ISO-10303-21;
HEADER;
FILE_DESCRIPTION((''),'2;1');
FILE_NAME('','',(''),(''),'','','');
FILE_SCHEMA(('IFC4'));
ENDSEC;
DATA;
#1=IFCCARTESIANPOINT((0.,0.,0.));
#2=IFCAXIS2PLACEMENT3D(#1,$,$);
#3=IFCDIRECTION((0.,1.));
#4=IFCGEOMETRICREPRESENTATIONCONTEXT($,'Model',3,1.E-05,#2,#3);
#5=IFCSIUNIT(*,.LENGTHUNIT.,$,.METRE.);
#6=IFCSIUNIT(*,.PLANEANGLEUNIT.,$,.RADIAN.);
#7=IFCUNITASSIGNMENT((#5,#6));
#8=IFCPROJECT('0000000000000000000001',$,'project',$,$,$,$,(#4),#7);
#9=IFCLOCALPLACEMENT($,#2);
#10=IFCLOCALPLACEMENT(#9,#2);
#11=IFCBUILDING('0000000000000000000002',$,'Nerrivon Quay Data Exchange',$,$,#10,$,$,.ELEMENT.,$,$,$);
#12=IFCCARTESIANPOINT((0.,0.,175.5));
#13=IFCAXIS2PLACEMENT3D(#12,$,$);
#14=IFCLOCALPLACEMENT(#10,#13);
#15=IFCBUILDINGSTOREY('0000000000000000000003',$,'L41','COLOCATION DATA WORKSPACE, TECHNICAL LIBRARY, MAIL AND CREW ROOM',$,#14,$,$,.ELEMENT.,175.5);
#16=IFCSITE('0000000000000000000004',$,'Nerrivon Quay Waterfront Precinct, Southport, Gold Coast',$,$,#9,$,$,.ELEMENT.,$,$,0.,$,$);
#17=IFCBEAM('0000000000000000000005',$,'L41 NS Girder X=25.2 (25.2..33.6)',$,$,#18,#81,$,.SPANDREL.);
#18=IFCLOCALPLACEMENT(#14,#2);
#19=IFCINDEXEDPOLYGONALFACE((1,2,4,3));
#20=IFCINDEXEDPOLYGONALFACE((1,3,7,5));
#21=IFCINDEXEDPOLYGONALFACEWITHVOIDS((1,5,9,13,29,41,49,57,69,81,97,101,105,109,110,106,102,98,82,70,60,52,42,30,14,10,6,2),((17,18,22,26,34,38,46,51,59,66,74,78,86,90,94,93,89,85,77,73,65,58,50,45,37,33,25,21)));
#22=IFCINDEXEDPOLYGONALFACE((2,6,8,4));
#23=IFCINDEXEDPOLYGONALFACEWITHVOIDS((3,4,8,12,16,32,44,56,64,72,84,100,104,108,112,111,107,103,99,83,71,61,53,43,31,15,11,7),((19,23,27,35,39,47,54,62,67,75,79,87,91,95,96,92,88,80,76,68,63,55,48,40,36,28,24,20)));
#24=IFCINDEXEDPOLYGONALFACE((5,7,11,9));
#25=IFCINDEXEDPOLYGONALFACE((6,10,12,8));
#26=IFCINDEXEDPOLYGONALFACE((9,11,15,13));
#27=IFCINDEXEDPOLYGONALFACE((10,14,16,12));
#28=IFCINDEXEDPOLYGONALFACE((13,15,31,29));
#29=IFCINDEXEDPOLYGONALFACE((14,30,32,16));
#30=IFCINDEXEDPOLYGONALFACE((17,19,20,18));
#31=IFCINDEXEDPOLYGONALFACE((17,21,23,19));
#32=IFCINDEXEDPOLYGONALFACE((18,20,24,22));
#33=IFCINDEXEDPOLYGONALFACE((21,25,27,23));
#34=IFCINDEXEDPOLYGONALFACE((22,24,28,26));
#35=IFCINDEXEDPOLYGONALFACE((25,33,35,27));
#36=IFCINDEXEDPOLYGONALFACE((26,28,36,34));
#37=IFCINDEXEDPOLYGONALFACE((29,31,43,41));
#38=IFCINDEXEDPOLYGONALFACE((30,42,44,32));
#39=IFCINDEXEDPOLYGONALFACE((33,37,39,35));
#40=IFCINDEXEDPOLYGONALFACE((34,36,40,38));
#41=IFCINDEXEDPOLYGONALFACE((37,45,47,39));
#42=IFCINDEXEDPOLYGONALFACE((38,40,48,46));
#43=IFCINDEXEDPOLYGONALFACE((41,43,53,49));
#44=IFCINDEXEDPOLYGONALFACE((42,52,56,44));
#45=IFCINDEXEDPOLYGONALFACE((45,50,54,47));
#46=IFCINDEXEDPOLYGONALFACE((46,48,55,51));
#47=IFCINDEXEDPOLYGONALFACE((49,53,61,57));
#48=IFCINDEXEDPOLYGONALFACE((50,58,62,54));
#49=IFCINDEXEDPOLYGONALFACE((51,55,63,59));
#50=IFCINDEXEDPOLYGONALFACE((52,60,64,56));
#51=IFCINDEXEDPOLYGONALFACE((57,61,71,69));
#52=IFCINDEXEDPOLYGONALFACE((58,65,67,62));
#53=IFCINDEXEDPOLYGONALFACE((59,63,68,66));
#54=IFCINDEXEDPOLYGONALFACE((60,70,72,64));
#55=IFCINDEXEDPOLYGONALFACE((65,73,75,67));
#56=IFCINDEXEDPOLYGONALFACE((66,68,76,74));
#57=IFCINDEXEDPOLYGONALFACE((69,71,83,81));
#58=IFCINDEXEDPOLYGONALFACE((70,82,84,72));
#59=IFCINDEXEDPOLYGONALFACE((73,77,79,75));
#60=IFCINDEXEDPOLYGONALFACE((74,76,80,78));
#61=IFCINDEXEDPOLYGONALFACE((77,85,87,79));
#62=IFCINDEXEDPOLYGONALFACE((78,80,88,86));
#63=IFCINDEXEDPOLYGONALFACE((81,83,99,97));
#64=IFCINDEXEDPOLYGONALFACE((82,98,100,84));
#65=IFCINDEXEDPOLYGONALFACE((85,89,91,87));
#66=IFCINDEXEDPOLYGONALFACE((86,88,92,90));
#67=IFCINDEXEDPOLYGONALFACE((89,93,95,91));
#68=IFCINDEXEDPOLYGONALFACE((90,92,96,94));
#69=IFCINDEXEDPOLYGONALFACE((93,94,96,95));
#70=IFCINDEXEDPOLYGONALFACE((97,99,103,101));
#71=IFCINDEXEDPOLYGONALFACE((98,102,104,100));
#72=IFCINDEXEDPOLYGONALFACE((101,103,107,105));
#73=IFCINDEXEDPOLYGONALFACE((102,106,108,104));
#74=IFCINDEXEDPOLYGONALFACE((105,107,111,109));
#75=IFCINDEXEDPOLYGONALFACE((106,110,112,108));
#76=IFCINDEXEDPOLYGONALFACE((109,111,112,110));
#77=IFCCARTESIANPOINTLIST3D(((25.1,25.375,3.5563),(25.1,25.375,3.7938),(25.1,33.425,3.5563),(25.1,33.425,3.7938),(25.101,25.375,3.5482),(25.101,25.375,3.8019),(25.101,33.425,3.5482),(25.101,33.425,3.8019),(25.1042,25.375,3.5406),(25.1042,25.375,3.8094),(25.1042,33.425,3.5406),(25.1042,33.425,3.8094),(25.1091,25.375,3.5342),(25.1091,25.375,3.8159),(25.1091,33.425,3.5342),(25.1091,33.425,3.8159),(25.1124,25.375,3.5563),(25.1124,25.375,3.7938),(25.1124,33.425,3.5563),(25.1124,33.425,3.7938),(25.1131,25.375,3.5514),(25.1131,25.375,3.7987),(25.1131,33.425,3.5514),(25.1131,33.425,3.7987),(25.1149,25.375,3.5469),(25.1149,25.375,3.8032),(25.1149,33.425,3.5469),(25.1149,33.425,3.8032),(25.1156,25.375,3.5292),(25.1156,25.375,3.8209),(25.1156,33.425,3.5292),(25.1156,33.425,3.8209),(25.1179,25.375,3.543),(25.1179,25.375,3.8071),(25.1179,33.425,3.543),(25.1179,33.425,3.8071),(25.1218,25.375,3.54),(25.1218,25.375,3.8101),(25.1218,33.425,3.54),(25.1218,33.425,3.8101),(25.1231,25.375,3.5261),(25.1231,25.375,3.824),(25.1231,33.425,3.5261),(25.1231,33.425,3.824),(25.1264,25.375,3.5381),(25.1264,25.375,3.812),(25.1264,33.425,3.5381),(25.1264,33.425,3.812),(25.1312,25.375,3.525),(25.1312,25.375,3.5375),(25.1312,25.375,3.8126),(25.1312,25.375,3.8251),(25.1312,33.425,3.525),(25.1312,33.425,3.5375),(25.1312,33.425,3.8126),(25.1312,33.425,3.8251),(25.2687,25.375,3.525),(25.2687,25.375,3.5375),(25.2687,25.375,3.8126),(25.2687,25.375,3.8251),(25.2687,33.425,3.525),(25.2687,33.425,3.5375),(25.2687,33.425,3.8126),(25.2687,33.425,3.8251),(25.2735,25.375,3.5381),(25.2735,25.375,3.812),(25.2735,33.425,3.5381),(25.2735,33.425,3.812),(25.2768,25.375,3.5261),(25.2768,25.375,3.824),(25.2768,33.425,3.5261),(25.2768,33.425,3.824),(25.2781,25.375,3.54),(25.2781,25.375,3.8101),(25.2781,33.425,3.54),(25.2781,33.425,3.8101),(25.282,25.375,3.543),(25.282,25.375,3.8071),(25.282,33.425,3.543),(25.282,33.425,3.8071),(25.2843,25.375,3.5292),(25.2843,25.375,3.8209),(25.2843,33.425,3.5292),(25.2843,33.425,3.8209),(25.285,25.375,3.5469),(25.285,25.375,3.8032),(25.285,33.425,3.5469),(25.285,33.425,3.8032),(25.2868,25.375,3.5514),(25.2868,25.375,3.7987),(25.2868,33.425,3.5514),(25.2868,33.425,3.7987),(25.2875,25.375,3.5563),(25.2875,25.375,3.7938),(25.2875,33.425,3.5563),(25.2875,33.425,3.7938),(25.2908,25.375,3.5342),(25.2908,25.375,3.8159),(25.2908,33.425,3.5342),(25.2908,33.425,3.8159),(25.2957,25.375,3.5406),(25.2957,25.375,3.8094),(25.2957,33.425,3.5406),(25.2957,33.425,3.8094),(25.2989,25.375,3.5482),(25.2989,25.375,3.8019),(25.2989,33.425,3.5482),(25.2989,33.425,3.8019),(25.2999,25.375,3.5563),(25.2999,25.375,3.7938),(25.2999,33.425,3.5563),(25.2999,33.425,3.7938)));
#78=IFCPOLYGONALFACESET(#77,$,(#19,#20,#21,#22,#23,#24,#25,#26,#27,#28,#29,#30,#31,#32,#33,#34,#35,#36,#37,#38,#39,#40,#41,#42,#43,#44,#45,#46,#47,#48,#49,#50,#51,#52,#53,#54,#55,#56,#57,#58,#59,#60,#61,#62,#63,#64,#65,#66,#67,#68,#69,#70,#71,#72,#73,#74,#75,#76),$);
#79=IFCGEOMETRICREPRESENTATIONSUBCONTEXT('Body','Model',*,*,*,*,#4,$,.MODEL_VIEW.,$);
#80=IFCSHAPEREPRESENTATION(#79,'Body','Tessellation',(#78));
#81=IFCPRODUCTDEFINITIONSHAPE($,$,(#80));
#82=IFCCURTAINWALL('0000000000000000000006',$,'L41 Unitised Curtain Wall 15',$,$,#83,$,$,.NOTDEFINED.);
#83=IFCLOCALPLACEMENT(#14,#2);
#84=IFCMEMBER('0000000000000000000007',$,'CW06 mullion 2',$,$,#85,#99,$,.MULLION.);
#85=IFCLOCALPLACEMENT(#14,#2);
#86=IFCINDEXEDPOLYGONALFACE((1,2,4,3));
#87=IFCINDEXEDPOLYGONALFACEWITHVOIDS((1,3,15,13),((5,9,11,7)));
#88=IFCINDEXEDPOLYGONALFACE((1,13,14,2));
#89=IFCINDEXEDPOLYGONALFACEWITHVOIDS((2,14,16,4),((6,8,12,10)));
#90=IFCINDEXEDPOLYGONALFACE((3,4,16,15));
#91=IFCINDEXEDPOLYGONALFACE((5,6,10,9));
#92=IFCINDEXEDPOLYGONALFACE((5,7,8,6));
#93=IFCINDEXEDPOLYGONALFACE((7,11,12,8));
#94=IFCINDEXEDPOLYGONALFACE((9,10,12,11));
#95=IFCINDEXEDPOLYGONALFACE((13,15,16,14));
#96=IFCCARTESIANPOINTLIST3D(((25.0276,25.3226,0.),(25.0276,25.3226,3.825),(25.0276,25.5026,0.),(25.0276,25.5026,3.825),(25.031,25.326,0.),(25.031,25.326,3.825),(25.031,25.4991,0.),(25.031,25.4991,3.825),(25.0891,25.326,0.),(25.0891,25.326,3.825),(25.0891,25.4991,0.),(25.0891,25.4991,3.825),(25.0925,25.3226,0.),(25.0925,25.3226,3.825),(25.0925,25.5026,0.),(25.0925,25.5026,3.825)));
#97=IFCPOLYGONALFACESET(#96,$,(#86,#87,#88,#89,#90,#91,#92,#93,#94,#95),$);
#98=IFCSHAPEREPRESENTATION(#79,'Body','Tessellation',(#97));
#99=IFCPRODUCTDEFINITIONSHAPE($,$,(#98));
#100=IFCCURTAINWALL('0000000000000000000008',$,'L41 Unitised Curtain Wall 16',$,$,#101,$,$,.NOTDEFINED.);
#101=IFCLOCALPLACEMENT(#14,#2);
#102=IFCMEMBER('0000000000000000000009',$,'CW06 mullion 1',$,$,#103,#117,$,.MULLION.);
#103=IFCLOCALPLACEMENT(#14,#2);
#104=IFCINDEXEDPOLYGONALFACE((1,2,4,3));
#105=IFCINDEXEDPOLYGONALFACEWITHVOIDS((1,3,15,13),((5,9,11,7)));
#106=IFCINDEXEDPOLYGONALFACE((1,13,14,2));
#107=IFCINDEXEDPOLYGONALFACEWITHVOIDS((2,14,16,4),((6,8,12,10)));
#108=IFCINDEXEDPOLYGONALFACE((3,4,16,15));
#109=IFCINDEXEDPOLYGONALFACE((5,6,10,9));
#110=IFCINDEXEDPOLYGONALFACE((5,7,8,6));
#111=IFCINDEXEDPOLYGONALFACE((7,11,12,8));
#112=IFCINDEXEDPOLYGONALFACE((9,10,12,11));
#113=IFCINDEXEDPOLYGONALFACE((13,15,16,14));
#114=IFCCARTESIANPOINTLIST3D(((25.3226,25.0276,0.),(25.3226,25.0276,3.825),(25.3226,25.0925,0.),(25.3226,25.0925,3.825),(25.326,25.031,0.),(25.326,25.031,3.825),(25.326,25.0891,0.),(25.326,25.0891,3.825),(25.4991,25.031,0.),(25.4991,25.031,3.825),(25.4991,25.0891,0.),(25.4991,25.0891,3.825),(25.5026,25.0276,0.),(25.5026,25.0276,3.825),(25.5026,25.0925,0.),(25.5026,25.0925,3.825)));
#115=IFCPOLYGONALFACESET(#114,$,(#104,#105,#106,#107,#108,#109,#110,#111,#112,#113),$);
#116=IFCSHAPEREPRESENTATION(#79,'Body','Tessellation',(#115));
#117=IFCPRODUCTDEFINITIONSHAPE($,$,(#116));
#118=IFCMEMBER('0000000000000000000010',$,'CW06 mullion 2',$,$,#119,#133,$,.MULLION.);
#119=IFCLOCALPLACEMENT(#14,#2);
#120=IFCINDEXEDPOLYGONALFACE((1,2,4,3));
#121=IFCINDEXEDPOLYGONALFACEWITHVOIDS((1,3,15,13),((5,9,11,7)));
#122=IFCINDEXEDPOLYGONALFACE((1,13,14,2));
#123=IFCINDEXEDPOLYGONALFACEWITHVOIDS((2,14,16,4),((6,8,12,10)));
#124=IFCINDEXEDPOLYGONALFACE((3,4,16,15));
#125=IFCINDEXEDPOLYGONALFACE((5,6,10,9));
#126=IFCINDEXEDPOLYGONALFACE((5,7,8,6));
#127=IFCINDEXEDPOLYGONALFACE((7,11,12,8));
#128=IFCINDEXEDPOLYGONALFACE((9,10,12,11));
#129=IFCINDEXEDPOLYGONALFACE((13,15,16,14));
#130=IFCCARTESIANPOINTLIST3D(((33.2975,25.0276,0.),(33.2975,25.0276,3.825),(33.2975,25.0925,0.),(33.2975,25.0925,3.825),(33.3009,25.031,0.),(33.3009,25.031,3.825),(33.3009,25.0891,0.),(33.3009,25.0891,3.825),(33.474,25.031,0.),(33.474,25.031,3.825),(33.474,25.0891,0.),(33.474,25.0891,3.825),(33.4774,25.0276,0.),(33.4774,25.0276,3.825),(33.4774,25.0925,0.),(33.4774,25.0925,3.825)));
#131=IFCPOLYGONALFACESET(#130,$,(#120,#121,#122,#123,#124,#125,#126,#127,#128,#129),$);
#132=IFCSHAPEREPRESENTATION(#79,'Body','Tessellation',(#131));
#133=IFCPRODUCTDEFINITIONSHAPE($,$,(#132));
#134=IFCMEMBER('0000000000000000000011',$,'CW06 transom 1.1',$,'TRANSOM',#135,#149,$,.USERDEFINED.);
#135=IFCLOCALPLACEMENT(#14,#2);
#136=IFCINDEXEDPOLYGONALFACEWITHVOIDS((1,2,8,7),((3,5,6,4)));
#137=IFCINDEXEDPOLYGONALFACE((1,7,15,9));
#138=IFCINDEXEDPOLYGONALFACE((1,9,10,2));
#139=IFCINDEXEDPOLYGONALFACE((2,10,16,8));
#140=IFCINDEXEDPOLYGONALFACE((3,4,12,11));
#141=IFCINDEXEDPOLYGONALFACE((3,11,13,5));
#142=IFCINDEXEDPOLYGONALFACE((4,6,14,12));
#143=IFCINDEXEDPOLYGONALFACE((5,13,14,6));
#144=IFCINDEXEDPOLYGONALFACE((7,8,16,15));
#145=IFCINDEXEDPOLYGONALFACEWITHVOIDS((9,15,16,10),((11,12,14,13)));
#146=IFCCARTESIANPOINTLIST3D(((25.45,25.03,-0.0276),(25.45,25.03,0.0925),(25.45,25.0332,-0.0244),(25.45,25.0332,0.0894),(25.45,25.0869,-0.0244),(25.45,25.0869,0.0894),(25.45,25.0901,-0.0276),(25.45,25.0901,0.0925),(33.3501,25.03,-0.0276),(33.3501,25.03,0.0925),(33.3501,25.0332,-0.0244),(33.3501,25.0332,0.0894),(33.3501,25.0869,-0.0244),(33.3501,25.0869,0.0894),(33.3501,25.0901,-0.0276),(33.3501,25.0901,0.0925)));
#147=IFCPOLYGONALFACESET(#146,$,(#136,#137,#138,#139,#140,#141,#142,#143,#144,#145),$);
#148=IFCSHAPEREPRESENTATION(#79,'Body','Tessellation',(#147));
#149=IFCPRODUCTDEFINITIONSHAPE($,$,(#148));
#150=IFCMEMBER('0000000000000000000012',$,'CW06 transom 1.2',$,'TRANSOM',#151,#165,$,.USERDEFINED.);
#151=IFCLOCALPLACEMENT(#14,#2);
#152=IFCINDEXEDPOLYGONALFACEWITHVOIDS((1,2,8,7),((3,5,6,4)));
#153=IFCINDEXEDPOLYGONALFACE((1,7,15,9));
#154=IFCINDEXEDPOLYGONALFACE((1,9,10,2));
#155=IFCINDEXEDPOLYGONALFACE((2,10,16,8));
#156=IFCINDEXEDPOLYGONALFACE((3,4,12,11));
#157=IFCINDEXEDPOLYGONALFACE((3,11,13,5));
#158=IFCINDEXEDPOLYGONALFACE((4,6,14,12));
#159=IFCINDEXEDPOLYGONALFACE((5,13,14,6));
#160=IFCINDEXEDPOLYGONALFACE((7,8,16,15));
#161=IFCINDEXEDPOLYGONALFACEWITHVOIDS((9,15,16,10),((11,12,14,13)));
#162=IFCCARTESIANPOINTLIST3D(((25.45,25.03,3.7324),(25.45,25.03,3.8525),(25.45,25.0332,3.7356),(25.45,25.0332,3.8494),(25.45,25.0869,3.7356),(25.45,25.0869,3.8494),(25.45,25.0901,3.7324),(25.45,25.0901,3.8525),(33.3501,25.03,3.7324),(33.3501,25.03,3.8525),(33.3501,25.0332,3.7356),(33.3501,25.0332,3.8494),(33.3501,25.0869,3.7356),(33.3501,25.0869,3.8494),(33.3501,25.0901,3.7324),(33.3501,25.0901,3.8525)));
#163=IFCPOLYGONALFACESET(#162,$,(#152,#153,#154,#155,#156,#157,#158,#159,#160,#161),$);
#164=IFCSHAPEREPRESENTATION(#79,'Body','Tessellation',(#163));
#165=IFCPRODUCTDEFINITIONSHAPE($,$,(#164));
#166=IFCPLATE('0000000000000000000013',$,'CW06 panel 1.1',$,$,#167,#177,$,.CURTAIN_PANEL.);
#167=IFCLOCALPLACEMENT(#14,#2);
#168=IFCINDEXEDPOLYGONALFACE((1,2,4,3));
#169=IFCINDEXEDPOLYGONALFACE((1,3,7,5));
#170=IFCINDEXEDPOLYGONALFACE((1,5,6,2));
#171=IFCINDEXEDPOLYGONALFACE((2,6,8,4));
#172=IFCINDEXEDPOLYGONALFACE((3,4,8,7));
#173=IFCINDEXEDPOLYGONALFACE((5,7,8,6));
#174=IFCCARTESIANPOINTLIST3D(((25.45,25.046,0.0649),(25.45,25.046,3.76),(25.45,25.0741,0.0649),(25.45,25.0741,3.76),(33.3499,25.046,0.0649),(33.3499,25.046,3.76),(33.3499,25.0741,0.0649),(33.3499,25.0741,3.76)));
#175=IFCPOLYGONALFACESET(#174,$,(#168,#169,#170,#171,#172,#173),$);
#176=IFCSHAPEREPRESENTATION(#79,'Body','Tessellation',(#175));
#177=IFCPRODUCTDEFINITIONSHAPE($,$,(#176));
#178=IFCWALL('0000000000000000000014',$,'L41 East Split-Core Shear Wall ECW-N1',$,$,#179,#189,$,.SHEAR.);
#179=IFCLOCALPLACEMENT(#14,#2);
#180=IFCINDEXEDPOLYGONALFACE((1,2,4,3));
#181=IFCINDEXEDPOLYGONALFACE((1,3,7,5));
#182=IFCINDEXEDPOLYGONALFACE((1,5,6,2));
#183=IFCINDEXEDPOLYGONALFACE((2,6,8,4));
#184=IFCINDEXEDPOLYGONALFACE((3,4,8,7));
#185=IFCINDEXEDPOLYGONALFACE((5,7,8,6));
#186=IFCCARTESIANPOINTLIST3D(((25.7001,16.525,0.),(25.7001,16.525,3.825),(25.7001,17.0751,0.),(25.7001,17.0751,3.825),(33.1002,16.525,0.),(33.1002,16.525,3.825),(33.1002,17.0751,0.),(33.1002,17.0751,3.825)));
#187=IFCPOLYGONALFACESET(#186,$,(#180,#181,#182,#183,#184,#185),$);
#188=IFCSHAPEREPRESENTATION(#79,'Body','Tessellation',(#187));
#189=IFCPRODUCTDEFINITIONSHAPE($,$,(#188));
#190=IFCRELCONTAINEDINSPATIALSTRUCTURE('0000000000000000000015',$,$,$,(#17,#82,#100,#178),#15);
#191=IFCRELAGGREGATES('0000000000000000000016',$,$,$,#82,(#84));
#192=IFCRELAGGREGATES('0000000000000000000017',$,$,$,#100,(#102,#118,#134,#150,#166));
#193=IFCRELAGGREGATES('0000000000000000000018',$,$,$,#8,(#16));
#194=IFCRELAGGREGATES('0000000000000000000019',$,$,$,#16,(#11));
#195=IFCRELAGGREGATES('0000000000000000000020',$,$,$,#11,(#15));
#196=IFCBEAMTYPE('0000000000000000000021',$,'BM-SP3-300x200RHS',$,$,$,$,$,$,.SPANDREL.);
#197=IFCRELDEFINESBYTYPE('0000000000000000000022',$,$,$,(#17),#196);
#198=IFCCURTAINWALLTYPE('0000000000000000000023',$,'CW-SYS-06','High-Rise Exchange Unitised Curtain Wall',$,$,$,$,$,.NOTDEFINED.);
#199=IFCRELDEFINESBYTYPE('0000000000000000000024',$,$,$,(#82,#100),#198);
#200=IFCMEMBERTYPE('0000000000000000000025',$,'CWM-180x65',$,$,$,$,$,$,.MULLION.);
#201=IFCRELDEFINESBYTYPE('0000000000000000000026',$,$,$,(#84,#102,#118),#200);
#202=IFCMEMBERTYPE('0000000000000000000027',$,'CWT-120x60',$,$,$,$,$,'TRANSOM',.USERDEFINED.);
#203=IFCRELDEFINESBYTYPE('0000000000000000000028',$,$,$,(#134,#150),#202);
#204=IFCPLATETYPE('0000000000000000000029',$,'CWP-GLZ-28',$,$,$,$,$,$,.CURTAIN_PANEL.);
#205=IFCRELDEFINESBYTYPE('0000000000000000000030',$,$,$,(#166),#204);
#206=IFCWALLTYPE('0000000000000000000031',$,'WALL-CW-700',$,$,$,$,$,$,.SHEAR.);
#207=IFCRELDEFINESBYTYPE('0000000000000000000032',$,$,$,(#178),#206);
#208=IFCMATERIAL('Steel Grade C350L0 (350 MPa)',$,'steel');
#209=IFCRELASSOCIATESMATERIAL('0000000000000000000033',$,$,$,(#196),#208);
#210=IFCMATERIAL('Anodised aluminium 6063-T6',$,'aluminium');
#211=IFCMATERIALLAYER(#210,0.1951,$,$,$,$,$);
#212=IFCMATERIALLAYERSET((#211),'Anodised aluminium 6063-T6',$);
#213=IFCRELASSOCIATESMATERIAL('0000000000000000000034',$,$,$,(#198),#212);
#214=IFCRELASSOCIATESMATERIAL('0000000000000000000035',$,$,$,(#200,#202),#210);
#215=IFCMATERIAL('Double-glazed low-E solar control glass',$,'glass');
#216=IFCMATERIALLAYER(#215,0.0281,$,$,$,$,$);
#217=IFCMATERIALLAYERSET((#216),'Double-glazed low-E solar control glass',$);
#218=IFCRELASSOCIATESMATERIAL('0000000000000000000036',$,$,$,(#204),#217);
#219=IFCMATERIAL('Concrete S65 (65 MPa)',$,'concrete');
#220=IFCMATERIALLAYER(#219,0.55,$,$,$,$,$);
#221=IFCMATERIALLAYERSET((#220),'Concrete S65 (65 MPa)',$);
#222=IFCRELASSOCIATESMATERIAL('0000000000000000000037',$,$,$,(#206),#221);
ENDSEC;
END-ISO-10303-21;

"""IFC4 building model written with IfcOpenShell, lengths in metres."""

from ifc_helpers import new_model, si_unit, direction, frame, frame_2d, origin, origin_2d, place, context, subcontext, project, spatial, rectangle, hollow_rectangle, extrude, material, layer, layer_set, material_profile, profile_set, type_object, element, aggregate, save


model = new_model("IFC4")

# Units and contexts
model_context = context("Model", 3, precision=1e-05, world=origin(), true_north=direction((0.0, 1.0)))
body_context = subcontext(model_context, "Body", "Model", "MODEL_VIEW")
ifc_project = project(units=[si_unit("LENGTHUNIT", "METRE"), si_unit("PLANEANGLEUNIT", "RADIAN")], contexts=[model_context])

# Site, building, storey
site_placement = place(None, origin())
site = spatial("IfcSite", under=ifc_project, at=site_placement, Name="Nerrivon Quay Waterfront Precinct, Southport, Gold Coast", CompositionType="ELEMENT", RefElevation=0.0)
building_placement = place(site_placement, origin())
building = spatial("IfcBuilding", under=site, at=building_placement, Name="Nerrivon Quay Data Exchange", CompositionType="ELEMENT")
storey_placement = place(building_placement, frame((0.0, 0.0, 175.5)))
storey = spatial("IfcBuildingStorey", under=building, at=storey_placement, Name="L41", Description="COLOCATION DATA WORKSPACE, TECHNICAL LIBRARY, MAIL AND CREW ROOM", CompositionType="ELEMENT", Elevation=175.5)

# Shared definitions
ifc_material_1 = material(Name="Concrete S65 (65 MPa)", Category="concrete")

# Beam
ifc_material_2 = material(Name="Steel Grade C350L0 (350 MPa)", Category="steel")
ifc_material_profile_1 = material_profile(ifc_material_2, hollow_rectangle(XDim=0.2, YDim=0.3, WallThickness=0.0125, InnerFilletRadius=0.0188, OuterFilletRadius=0.0312, at=origin_2d()), Name="300x200x12.5RHS")
ifc_profile_set_1 = profile_set([ifc_material_profile_1], Name="Steel Grade C350L0 (350 MPa)")
beam_type_1 = type_object("IfcBeamType", Name="BM-SP3-300x200RHS", PredefinedType="SPANDREL", material=ifc_profile_set_1)
beam_1_placement = place(storey_placement, frame((25.2, 25.375, 3.675), z_axis=(0.0, 1.0, 0.0), x_axis=(-1.0, 0.0, 0.0)))
element("IfcBeam", 1, at=beam_1_placement, inside=storey, type_object=beam_type_1, Name="L41 NS Girder X=25.2 (25.2..33.6)", PredefinedType="SPANDREL", context=body_context, shape_type="SweptSolid", body=[
    extrude(hollow_rectangle(XDim=0.2, YDim=0.3, WallThickness=0.0125, InnerFilletRadius=0.0188, OuterFilletRadius=0.0312, at=origin_2d()), origin(), (0.0, 0.0, 1.0), 8.05),
])

# Curtain wall, member
ifc_material_3 = material(Name="Anodised aluminium 6063-T6", Category="aluminium")
ifc_layer_1 = layer(ifc_material_3, 0.1951)
ifc_layer_set_1 = layer_set([ifc_layer_1], Name="Anodised aluminium 6063-T6")
curtain_wall_type = type_object("IfcCurtainWallType", Name="CW-SYS-06", Description="High-Rise Exchange Unitised Curtain Wall", PredefinedType="NOTDEFINED", material=ifc_layer_set_1)
curtain_wall_1_placement = place(storey_placement, origin())
curtain_wall_1 = element("IfcCurtainWall", 2, at=curtain_wall_1_placement, inside=storey, type_object=curtain_wall_type, Name="L41 Unitised Curtain Wall 15", PredefinedType="NOTDEFINED")
ifc_material_profile_2 = material_profile(ifc_material_3, hollow_rectangle(XDim=0.0649, YDim=0.1799, WallThickness=0.0034, at=origin_2d()), Name="ALU-MULL-180x65")
ifc_profile_set_2 = profile_set([ifc_material_profile_2], Name="Anodised aluminium 6063-T6")
member_type_1 = type_object("IfcMemberType", Name="CWM-180x65", PredefinedType="MULLION", material=ifc_profile_set_2)
member_1_placement = place(storey_placement, frame((25.0601, 25.4126, 0.0), z_axis=(0.0, 0.0, 1.0), x_axis=(1.0, 0.0, 0.0)))
member_1 = element("IfcMember", 3, at=member_1_placement, type_object=member_type_1, Name="CW06 mullion 2", PredefinedType="MULLION", context=body_context, shape_type="SweptSolid", body=[
    extrude(hollow_rectangle(XDim=0.0649, YDim=0.1799, WallThickness=0.0034, at=origin_2d()), origin(), (0.0, 0.0, 1.0), 3.825),
])
aggregate(curtain_wall_1, [member_1])

# Curtain wall, members, plate
curtain_wall_2_placement = place(storey_placement, origin())
curtain_wall_2 = element("IfcCurtainWall", 4, at=curtain_wall_2_placement, inside=storey, type_object=curtain_wall_type, Name="L41 Unitised Curtain Wall 16", PredefinedType="NOTDEFINED")
member_2_placement = place(storey_placement, frame((25.4126, 25.0601, 0.0), z_axis=(0.0, 0.0, 1.0), x_axis=(0.0, 1.0, 0.0)))
member_2 = element("IfcMember", 5, at=member_2_placement, type_object=member_type_1, Name="CW06 mullion 1", PredefinedType="MULLION", context=body_context, shape_type="SweptSolid", body=[
    extrude(hollow_rectangle(XDim=0.0649, YDim=0.1799, WallThickness=0.0034, at=origin_2d()), origin(), (0.0, 0.0, 1.0), 3.825),
])
member_3_placement = place(storey_placement, frame((33.3875, 25.0601, 0.0), z_axis=(0.0, 0.0, 1.0), x_axis=(0.0, 1.0, 0.0)))
member_3 = element("IfcMember", 6, at=member_3_placement, type_object=member_type_1, Name="CW06 mullion 2", PredefinedType="MULLION", context=body_context, shape_type="SweptSolid", body=[
    extrude(hollow_rectangle(XDim=0.0649, YDim=0.1799, WallThickness=0.0034, at=origin_2d()), origin(), (0.0, 0.0, 1.0), 3.825),
])
ifc_material_profile_3 = material_profile(ifc_material_3, hollow_rectangle(XDim=0.0601, YDim=0.1201, WallThickness=0.0032, at=origin_2d()), Name="ALU-TRAN-120x60")
ifc_profile_set_3 = profile_set([ifc_material_profile_3], Name="Anodised aluminium 6063-T6")
member_type_2 = type_object("IfcMemberType", Name="CWT-120x60", ElementType="TRANSOM", PredefinedType="USERDEFINED", material=ifc_profile_set_3)
member_4_placement = place(storey_placement, frame((25.45, 25.0601, 0.0325), z_axis=(1.0, 0.0, 0.0), x_axis=(0.0, 1.0, 0.0)))
member_4 = element("IfcMember", 7, at=member_4_placement, type_object=member_type_2, Name="CW06 transom 1.1", ObjectType="TRANSOM", PredefinedType="USERDEFINED", context=body_context, shape_type="SweptSolid", body=[
    extrude(hollow_rectangle(XDim=0.0601, YDim=0.1201, WallThickness=0.0032, at=origin_2d()), origin(), (0.0, 0.0, 1.0), 7.9001),
])
member_5_placement = place(storey_placement, frame((25.45, 25.0601, 3.7925), z_axis=(1.0, 0.0, 0.0), x_axis=(0.0, 1.0, 0.0)))
member_5 = element("IfcMember", 8, at=member_5_placement, type_object=member_type_2, Name="CW06 transom 1.2", ObjectType="TRANSOM", PredefinedType="USERDEFINED", context=body_context, shape_type="SweptSolid", body=[
    extrude(hollow_rectangle(XDim=0.0601, YDim=0.1201, WallThickness=0.0032, at=origin_2d()), origin(), (0.0, 0.0, 1.0), 7.9001),
])
ifc_material_4 = material(Name="Double-glazed low-E solar control glass", Category="glass")
ifc_layer_2 = layer(ifc_material_4, 0.0281)
ifc_layer_set_2 = layer_set([ifc_layer_2], Name="Double-glazed low-E solar control glass")
plate_type = type_object("IfcPlateType", Name="CWP-GLZ-28", PredefinedType="CURTAIN_PANEL", material=ifc_layer_set_2)
plate_placement = place(storey_placement, frame((29.3999, 25.0601, 0.0649), z_axis=(0.0, 0.0, 1.0), x_axis=(1.0, 0.0, 0.0)))
plate = element("IfcPlate", 9, at=plate_placement, type_object=plate_type, Name="CW06 panel 1.1", PredefinedType="CURTAIN_PANEL", context=body_context, shape_type="SweptSolid", body=[
    extrude(rectangle(XDim=7.8999, YDim=0.0281, at=origin_2d()), origin(), (0.0, 0.0, 1.0), 3.6951),
])
aggregate(curtain_wall_2, [member_2, member_3, member_4, member_5, plate])

# Wall
ifc_layer_3 = layer(ifc_material_1, 0.55)
ifc_layer_set_3 = layer_set([ifc_layer_3], Name="Concrete S65 (65 MPa)")
wall_type_1 = type_object("IfcWallType", Name="WALL-CW-700", PredefinedType="SHEAR", material=ifc_layer_set_3)
wall_1_placement = place(storey_placement, frame((25.7, 16.8, 0.0), z_axis=(0.0, 0.0, 1.0), x_axis=(1.0, 0.0, 0.0)))
element("IfcWall", 10, at=wall_1_placement, inside=storey, type_object=wall_type_1, Name="L41 East Split-Core Shear Wall ECW-N1", PredefinedType="SHEAR", context=body_context, shape_type="SweptSolid", body=[
    extrude(rectangle(XDim=7.4001, YDim=0.55, at=frame_2d((3.7002, 0.0))), origin(), (0.0, 0.0, 1.0), 3.825),
])

save(model, "model.ifc")
